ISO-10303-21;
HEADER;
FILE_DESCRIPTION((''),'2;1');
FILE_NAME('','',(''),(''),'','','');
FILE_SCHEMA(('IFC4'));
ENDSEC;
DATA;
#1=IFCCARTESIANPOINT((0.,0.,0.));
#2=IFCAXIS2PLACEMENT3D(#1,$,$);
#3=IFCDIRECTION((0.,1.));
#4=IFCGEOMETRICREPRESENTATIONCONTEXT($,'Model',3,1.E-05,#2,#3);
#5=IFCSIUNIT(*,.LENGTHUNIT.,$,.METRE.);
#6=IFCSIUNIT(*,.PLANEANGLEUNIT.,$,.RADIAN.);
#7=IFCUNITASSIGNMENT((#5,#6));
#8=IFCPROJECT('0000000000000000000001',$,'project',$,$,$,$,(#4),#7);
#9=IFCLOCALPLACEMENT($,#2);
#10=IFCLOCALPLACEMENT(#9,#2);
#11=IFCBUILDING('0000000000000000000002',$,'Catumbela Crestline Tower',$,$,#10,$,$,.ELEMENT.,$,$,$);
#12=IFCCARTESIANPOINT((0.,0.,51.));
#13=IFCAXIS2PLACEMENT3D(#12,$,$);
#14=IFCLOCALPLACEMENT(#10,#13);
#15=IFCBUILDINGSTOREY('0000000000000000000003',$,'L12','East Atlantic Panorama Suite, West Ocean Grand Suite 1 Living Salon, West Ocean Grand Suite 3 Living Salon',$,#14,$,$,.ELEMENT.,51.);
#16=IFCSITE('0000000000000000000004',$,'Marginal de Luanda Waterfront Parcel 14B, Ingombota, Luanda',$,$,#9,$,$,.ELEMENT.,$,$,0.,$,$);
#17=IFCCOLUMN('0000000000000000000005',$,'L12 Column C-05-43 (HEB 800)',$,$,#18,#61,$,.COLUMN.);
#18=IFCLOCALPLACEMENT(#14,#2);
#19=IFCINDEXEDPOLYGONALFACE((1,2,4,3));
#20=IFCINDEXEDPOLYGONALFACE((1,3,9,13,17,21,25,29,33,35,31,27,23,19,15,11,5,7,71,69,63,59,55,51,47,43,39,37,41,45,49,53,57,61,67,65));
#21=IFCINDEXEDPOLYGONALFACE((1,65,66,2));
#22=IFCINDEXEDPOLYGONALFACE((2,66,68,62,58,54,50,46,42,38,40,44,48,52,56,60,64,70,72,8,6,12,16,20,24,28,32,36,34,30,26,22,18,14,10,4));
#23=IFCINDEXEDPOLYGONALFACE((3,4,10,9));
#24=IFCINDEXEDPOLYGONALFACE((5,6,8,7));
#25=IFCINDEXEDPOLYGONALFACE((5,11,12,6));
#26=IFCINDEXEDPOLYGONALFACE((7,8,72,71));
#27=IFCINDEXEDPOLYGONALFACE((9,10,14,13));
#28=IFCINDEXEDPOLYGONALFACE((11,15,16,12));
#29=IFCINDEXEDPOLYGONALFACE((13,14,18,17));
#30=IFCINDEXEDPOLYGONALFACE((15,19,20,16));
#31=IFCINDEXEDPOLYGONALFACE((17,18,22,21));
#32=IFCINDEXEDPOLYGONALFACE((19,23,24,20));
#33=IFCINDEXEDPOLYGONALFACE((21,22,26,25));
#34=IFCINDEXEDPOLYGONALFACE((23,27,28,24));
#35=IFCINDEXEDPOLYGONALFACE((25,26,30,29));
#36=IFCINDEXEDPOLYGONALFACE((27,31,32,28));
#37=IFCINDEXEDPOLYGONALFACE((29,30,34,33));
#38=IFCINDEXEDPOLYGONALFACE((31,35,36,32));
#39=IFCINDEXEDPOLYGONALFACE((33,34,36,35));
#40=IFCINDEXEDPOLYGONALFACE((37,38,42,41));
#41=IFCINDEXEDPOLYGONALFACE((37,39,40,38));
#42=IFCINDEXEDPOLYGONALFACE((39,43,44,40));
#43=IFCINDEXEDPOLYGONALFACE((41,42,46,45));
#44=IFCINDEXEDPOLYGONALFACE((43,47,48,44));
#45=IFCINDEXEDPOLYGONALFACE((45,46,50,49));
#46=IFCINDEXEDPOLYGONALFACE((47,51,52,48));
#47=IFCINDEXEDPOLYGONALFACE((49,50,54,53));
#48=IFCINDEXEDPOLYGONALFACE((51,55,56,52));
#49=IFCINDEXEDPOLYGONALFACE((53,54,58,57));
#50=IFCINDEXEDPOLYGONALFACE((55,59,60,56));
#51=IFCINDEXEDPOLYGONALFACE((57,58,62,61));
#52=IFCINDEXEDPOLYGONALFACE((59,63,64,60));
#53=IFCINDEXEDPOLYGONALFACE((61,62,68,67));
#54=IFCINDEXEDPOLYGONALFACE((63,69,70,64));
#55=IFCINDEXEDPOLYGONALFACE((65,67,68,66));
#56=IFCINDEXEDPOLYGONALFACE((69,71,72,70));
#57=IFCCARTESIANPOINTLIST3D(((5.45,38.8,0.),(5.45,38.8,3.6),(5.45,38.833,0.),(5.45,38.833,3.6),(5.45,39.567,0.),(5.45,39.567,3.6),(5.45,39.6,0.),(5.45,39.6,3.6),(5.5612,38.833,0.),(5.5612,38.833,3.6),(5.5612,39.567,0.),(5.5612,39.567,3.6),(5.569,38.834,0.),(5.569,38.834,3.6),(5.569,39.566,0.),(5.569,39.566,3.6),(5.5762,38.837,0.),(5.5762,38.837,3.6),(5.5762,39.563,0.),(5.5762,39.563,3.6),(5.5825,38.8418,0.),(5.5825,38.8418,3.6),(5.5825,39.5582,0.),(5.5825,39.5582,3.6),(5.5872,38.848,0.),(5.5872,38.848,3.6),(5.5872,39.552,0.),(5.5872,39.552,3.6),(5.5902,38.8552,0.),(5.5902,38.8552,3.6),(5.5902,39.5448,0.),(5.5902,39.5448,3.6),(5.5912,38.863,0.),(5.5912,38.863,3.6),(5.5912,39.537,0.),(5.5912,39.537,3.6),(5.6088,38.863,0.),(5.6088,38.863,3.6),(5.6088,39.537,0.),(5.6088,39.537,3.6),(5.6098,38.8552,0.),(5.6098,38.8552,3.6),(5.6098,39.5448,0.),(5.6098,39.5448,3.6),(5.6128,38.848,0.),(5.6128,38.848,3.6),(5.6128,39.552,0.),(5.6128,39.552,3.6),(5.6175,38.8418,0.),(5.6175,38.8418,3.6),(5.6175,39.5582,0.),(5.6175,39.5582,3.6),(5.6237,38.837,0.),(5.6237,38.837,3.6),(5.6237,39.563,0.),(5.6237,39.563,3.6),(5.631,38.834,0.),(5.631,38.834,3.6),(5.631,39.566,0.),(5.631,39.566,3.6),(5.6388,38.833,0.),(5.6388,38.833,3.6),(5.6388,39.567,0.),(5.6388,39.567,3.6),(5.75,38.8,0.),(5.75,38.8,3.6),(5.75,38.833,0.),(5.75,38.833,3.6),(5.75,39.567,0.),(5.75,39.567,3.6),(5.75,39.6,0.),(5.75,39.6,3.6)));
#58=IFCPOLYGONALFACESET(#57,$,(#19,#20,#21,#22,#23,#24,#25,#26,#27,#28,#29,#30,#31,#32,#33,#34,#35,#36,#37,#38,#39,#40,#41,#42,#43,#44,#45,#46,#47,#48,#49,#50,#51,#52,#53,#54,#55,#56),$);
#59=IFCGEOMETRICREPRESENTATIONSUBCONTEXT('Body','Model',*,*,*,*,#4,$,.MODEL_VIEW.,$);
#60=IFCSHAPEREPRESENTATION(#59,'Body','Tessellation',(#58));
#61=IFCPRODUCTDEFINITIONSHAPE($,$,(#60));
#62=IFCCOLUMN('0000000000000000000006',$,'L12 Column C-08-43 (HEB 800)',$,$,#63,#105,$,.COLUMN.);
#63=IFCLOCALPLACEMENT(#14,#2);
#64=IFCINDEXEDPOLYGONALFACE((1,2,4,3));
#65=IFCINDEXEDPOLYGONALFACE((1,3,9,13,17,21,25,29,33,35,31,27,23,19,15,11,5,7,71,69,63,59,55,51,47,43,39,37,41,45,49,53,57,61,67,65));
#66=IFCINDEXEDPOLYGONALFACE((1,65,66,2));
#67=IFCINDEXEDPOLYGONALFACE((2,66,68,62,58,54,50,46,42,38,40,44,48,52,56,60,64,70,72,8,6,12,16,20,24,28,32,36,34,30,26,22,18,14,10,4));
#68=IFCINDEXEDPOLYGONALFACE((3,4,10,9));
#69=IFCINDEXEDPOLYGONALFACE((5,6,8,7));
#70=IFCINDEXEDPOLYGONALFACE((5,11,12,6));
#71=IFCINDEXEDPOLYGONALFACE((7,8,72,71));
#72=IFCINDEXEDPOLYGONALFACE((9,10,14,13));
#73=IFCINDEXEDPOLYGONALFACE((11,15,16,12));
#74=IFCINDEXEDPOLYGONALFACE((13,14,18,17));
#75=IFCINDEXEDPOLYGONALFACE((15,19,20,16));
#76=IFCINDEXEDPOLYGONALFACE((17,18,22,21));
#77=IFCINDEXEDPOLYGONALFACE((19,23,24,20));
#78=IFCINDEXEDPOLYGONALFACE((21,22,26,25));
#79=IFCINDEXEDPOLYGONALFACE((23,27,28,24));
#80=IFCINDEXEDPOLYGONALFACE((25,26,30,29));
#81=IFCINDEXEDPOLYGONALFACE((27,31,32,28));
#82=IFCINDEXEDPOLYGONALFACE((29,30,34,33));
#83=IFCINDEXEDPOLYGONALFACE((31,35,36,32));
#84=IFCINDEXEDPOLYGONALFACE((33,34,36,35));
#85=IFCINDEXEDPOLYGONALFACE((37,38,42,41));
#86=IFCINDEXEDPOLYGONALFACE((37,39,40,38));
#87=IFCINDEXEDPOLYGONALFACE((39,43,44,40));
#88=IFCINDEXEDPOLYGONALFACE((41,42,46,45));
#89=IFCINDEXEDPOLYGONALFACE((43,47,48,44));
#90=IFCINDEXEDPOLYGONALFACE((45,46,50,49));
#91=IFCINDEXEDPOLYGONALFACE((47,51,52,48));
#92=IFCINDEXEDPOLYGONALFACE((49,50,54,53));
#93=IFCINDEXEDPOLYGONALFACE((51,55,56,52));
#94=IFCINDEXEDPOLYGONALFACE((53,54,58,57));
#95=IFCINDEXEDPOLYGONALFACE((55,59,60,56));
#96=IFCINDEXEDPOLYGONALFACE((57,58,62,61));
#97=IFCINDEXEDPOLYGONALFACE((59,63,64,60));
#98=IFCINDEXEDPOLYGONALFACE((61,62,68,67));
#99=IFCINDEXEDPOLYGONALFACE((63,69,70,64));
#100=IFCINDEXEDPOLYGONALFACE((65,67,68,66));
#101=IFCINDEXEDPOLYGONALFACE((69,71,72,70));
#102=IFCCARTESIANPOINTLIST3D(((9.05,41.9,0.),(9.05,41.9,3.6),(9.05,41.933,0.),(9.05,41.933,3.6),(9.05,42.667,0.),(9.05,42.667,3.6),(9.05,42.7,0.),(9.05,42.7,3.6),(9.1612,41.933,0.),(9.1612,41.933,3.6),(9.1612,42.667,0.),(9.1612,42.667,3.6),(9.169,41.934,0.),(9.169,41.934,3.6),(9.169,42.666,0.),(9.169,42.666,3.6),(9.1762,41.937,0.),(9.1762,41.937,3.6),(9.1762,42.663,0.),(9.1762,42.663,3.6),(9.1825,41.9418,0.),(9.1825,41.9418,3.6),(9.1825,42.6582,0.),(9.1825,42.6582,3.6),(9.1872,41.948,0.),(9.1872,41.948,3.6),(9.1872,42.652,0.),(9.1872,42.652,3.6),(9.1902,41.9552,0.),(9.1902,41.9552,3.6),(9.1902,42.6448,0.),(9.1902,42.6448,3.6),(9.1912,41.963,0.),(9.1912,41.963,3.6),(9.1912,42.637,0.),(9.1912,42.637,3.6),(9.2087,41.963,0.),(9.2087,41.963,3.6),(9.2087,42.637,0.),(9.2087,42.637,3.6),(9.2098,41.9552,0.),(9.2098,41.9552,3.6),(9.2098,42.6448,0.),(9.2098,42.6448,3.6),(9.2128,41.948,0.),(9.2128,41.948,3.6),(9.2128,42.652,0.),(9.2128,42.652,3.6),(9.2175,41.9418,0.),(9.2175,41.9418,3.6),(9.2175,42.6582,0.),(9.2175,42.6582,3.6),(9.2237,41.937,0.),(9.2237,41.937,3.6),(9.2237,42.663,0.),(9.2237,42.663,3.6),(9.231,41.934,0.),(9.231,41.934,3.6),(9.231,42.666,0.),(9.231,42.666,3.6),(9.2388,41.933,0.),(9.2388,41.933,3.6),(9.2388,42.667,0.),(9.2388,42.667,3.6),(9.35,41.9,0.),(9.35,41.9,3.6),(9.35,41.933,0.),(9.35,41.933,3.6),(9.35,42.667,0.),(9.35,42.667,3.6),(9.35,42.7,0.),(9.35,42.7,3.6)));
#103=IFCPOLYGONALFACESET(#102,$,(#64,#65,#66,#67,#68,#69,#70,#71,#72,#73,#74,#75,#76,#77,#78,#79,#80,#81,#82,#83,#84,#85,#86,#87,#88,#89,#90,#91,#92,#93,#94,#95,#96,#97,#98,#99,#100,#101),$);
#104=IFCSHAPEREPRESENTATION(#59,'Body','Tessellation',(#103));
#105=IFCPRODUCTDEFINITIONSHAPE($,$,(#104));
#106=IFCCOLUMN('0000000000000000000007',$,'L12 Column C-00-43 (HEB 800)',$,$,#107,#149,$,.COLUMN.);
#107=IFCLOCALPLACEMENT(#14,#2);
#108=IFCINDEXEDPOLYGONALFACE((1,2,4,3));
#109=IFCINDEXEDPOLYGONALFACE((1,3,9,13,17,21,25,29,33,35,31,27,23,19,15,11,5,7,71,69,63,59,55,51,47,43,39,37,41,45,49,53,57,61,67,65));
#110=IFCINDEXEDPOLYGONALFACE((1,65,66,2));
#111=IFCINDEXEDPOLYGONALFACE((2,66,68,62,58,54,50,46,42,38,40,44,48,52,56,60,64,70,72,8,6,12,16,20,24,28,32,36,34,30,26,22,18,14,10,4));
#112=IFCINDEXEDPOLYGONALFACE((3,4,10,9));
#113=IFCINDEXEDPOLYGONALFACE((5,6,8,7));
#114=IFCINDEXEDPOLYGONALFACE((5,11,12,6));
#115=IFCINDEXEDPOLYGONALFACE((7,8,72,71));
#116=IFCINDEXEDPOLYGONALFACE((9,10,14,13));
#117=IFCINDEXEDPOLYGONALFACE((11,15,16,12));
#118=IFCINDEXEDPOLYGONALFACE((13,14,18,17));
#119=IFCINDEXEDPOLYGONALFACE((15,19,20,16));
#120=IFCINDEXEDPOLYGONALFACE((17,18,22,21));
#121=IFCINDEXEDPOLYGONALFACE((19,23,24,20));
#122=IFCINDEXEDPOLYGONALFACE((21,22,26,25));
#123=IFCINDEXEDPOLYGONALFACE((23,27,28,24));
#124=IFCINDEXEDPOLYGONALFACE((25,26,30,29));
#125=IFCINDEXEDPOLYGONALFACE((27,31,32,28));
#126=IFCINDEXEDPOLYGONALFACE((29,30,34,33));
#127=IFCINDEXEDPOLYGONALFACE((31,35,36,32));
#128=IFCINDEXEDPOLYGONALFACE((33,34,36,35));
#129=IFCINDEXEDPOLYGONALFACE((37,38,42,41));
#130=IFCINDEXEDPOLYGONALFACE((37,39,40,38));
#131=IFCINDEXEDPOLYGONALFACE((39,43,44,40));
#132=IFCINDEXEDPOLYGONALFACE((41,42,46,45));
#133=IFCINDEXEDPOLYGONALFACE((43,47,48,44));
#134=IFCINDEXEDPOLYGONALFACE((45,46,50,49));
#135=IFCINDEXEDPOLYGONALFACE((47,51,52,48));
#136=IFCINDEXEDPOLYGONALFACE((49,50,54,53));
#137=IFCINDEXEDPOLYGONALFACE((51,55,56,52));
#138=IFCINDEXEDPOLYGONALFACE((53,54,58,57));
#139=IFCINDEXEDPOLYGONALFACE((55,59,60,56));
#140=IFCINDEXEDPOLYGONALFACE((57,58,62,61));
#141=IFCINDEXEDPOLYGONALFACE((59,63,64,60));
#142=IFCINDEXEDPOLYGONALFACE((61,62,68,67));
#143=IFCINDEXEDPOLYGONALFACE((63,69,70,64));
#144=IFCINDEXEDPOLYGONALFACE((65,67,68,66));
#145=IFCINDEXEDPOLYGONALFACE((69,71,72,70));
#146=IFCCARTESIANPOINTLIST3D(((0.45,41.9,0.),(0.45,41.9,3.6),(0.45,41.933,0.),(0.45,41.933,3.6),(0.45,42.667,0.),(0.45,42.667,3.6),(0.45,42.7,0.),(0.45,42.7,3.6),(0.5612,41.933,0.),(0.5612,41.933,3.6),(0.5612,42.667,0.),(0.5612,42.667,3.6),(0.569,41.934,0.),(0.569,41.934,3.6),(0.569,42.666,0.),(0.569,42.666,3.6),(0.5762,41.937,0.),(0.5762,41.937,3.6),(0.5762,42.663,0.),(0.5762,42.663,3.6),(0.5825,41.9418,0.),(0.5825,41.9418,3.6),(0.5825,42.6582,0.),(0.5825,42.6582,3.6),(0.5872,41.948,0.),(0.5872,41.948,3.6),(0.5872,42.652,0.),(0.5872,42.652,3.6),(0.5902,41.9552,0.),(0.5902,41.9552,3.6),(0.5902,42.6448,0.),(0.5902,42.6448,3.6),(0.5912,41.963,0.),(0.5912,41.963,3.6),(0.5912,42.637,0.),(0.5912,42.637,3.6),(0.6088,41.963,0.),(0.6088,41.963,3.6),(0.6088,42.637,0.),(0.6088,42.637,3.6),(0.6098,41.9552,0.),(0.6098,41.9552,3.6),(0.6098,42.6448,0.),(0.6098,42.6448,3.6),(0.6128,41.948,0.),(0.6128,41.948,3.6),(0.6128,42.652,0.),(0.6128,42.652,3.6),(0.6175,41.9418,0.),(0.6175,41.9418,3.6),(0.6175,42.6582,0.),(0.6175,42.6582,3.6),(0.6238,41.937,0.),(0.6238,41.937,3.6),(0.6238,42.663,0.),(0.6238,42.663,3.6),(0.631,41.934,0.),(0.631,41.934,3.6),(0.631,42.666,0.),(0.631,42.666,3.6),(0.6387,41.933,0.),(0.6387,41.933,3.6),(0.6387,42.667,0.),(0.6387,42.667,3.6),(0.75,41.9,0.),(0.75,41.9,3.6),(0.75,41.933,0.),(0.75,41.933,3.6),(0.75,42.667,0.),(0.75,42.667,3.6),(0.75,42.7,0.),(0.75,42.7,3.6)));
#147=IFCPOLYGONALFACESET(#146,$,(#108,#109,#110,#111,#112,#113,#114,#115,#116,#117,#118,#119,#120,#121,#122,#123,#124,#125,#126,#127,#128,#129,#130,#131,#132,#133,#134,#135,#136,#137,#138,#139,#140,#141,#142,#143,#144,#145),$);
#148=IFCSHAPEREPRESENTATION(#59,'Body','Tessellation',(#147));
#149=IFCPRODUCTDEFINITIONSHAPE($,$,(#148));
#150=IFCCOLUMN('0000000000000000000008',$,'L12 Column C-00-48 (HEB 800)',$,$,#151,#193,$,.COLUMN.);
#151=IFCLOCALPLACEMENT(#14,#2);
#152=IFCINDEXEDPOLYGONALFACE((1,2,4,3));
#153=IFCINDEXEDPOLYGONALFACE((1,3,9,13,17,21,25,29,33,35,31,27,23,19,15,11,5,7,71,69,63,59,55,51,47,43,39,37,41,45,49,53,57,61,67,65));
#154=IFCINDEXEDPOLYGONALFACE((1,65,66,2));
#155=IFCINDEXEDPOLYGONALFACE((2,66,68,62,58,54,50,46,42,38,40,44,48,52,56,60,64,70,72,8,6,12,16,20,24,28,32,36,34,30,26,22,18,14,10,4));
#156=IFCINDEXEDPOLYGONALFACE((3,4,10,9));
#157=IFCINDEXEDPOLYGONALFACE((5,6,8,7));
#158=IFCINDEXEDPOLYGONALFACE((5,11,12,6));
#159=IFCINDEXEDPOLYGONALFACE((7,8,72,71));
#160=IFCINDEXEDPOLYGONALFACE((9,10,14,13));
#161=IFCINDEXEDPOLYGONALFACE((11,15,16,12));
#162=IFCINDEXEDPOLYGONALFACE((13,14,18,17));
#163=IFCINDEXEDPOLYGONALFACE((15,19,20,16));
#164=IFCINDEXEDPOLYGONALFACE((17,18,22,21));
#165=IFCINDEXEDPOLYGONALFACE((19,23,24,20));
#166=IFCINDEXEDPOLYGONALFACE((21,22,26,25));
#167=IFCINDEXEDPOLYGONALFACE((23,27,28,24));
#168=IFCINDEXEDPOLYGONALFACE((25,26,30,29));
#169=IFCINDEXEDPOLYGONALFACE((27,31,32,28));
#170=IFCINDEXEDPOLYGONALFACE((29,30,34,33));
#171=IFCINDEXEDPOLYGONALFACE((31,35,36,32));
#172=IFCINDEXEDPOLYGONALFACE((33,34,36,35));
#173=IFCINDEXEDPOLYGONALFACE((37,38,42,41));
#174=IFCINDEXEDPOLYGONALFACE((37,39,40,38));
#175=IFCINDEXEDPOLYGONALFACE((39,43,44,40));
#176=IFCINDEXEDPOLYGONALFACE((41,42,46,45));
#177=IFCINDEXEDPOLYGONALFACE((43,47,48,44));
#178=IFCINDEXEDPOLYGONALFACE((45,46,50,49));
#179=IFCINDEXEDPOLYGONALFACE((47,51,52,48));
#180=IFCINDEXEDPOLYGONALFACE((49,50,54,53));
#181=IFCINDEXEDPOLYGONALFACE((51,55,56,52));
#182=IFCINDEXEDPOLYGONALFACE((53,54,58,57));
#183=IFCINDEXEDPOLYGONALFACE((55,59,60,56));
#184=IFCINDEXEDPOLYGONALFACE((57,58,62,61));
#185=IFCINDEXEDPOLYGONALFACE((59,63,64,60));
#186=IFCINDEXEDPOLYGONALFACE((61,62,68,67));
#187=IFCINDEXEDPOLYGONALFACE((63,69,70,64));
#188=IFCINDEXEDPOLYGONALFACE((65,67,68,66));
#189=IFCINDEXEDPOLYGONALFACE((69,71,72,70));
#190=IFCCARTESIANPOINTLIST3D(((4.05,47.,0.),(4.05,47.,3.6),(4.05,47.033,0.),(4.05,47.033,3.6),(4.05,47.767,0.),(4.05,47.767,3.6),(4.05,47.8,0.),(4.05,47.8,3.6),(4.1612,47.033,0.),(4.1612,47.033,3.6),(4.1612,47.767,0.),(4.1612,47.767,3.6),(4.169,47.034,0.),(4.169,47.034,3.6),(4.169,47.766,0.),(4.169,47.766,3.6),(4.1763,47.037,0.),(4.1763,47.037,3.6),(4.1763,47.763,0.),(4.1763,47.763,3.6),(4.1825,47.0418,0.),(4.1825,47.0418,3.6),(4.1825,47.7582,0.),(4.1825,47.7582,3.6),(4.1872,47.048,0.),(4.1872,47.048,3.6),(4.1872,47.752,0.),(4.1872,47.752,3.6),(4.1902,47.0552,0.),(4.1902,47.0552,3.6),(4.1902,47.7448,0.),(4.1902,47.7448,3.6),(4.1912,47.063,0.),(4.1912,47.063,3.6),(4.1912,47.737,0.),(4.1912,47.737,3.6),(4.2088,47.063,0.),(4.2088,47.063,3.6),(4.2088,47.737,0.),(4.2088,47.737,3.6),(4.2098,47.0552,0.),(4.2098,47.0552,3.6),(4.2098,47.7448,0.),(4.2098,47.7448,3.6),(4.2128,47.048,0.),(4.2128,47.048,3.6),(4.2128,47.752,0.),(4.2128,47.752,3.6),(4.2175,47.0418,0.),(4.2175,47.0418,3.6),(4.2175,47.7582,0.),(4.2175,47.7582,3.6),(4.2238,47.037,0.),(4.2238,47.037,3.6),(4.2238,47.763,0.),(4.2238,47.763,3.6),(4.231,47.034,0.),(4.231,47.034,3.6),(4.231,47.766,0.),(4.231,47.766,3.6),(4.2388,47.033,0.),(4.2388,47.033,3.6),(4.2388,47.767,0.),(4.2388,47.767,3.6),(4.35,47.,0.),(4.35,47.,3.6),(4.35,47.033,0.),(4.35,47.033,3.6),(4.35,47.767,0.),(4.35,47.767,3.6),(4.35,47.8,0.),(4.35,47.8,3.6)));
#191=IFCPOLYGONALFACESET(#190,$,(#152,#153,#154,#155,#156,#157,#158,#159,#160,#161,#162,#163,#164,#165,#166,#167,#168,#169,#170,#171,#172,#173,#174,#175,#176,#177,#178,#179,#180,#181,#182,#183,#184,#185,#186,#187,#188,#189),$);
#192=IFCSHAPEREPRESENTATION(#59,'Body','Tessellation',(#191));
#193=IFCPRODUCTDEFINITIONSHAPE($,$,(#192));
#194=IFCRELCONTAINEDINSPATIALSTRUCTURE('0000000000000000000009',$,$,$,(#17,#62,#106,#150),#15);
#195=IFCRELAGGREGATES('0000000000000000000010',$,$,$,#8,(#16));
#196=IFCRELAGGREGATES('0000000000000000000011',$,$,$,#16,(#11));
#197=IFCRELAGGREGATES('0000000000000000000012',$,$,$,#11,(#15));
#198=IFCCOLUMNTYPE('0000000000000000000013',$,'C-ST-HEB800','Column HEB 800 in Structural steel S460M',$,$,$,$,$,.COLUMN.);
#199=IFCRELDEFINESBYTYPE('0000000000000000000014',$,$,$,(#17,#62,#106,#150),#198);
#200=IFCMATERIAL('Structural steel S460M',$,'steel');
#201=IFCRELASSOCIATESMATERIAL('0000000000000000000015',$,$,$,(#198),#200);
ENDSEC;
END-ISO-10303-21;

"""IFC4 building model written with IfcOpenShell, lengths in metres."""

from ifc_helpers import new_model, si_unit, direction, frame, origin, origin_2d, place, context, subcontext, project, spatial, i_section, extrude, material, material_profile, profile_set, type_object, element, save


model = new_model("IFC4")

# Units and contexts
model_context = context("Model", 3, precision=1e-05, world=origin(), true_north=direction((0.0, 1.0)))
body_context = subcontext(model_context, "Body", "Model", "MODEL_VIEW")
ifc_project = project(units=[si_unit("LENGTHUNIT", "METRE"), si_unit("PLANEANGLEUNIT", "RADIAN")], contexts=[model_context])

# Site, building, storey
site_placement = place(None, origin())
site = spatial("IfcSite", under=ifc_project, at=site_placement, Name="Marginal de Luanda Waterfront Parcel 14B, Ingombota, Luanda", CompositionType="ELEMENT", RefElevation=0.0)
building_placement = place(site_placement, origin())
building = spatial("IfcBuilding", under=site, at=building_placement, Name="Catumbela Crestline Tower", CompositionType="ELEMENT")
storey_placement = place(building_placement, frame((0.0, 0.0, 51.0)))
storey = spatial("IfcBuildingStorey", under=building, at=storey_placement, Name="L12", Description="East Atlantic Panorama Suite, West Ocean Grand Suite 1 Living Salon, West Ocean Grand Suite 3 Living Salon", CompositionType="ELEMENT", Elevation=51.0)

# Columns
ifc_material_1 = material(Name="Structural steel S460M", Category="steel")
ifc_material_profile_1 = material_profile(ifc_material_1, i_section(OverallWidth=0.3, OverallDepth=0.8, WebThickness=0.0175, FlangeThickness=0.033, FilletRadius=0.03, at=origin_2d()), Name="HEB 800")
ifc_profile_set_1 = profile_set([ifc_material_profile_1], Name="Structural steel S460M")
column_type = type_object("IfcColumnType", Name="C-ST-HEB800", Description="Column HEB 800 in Structural steel S460M", PredefinedType="COLUMN", material=ifc_profile_set_1)
for number, where, z_axis, x_axis, name in (
    (1, (5.6, 39.2, 0.0), (0.0, 0.0, 1.0), (1.0, 0.0, 0.0), "L12 Column C-05-43 (HEB 800)"),
    (2, (9.2, 42.3, 0.0), (0.0, 0.0, 1.0), (1.0, 0.0, 0.0), "L12 Column C-08-43 (HEB 800)"),
    (3, (0.6, 42.3, 0.0), (0.0, 0.0, 1.0), (1.0, 0.0, 0.0), "L12 Column C-00-43 (HEB 800)"),
    (4, (4.2, 47.4, 0.0), (0.0, 0.0, 1.0), (1.0, 0.0, 0.0), "L12 Column C-00-48 (HEB 800)"),
):
    element("IfcColumn", number, at=place(storey_placement, frame(where, z_axis=z_axis, x_axis=x_axis)), inside=storey, type_object=column_type, Name=name, PredefinedType="COLUMN", context=body_context, shape_type="SweptSolid", body=[
        extrude(i_section(OverallWidth=0.3, OverallDepth=0.8, WebThickness=0.0175, FlangeThickness=0.033, FilletRadius=0.03, at=origin_2d()), origin(), (0.0, 0.0, 1.0), 3.6),
    ])

save(model, "model.ifc")
